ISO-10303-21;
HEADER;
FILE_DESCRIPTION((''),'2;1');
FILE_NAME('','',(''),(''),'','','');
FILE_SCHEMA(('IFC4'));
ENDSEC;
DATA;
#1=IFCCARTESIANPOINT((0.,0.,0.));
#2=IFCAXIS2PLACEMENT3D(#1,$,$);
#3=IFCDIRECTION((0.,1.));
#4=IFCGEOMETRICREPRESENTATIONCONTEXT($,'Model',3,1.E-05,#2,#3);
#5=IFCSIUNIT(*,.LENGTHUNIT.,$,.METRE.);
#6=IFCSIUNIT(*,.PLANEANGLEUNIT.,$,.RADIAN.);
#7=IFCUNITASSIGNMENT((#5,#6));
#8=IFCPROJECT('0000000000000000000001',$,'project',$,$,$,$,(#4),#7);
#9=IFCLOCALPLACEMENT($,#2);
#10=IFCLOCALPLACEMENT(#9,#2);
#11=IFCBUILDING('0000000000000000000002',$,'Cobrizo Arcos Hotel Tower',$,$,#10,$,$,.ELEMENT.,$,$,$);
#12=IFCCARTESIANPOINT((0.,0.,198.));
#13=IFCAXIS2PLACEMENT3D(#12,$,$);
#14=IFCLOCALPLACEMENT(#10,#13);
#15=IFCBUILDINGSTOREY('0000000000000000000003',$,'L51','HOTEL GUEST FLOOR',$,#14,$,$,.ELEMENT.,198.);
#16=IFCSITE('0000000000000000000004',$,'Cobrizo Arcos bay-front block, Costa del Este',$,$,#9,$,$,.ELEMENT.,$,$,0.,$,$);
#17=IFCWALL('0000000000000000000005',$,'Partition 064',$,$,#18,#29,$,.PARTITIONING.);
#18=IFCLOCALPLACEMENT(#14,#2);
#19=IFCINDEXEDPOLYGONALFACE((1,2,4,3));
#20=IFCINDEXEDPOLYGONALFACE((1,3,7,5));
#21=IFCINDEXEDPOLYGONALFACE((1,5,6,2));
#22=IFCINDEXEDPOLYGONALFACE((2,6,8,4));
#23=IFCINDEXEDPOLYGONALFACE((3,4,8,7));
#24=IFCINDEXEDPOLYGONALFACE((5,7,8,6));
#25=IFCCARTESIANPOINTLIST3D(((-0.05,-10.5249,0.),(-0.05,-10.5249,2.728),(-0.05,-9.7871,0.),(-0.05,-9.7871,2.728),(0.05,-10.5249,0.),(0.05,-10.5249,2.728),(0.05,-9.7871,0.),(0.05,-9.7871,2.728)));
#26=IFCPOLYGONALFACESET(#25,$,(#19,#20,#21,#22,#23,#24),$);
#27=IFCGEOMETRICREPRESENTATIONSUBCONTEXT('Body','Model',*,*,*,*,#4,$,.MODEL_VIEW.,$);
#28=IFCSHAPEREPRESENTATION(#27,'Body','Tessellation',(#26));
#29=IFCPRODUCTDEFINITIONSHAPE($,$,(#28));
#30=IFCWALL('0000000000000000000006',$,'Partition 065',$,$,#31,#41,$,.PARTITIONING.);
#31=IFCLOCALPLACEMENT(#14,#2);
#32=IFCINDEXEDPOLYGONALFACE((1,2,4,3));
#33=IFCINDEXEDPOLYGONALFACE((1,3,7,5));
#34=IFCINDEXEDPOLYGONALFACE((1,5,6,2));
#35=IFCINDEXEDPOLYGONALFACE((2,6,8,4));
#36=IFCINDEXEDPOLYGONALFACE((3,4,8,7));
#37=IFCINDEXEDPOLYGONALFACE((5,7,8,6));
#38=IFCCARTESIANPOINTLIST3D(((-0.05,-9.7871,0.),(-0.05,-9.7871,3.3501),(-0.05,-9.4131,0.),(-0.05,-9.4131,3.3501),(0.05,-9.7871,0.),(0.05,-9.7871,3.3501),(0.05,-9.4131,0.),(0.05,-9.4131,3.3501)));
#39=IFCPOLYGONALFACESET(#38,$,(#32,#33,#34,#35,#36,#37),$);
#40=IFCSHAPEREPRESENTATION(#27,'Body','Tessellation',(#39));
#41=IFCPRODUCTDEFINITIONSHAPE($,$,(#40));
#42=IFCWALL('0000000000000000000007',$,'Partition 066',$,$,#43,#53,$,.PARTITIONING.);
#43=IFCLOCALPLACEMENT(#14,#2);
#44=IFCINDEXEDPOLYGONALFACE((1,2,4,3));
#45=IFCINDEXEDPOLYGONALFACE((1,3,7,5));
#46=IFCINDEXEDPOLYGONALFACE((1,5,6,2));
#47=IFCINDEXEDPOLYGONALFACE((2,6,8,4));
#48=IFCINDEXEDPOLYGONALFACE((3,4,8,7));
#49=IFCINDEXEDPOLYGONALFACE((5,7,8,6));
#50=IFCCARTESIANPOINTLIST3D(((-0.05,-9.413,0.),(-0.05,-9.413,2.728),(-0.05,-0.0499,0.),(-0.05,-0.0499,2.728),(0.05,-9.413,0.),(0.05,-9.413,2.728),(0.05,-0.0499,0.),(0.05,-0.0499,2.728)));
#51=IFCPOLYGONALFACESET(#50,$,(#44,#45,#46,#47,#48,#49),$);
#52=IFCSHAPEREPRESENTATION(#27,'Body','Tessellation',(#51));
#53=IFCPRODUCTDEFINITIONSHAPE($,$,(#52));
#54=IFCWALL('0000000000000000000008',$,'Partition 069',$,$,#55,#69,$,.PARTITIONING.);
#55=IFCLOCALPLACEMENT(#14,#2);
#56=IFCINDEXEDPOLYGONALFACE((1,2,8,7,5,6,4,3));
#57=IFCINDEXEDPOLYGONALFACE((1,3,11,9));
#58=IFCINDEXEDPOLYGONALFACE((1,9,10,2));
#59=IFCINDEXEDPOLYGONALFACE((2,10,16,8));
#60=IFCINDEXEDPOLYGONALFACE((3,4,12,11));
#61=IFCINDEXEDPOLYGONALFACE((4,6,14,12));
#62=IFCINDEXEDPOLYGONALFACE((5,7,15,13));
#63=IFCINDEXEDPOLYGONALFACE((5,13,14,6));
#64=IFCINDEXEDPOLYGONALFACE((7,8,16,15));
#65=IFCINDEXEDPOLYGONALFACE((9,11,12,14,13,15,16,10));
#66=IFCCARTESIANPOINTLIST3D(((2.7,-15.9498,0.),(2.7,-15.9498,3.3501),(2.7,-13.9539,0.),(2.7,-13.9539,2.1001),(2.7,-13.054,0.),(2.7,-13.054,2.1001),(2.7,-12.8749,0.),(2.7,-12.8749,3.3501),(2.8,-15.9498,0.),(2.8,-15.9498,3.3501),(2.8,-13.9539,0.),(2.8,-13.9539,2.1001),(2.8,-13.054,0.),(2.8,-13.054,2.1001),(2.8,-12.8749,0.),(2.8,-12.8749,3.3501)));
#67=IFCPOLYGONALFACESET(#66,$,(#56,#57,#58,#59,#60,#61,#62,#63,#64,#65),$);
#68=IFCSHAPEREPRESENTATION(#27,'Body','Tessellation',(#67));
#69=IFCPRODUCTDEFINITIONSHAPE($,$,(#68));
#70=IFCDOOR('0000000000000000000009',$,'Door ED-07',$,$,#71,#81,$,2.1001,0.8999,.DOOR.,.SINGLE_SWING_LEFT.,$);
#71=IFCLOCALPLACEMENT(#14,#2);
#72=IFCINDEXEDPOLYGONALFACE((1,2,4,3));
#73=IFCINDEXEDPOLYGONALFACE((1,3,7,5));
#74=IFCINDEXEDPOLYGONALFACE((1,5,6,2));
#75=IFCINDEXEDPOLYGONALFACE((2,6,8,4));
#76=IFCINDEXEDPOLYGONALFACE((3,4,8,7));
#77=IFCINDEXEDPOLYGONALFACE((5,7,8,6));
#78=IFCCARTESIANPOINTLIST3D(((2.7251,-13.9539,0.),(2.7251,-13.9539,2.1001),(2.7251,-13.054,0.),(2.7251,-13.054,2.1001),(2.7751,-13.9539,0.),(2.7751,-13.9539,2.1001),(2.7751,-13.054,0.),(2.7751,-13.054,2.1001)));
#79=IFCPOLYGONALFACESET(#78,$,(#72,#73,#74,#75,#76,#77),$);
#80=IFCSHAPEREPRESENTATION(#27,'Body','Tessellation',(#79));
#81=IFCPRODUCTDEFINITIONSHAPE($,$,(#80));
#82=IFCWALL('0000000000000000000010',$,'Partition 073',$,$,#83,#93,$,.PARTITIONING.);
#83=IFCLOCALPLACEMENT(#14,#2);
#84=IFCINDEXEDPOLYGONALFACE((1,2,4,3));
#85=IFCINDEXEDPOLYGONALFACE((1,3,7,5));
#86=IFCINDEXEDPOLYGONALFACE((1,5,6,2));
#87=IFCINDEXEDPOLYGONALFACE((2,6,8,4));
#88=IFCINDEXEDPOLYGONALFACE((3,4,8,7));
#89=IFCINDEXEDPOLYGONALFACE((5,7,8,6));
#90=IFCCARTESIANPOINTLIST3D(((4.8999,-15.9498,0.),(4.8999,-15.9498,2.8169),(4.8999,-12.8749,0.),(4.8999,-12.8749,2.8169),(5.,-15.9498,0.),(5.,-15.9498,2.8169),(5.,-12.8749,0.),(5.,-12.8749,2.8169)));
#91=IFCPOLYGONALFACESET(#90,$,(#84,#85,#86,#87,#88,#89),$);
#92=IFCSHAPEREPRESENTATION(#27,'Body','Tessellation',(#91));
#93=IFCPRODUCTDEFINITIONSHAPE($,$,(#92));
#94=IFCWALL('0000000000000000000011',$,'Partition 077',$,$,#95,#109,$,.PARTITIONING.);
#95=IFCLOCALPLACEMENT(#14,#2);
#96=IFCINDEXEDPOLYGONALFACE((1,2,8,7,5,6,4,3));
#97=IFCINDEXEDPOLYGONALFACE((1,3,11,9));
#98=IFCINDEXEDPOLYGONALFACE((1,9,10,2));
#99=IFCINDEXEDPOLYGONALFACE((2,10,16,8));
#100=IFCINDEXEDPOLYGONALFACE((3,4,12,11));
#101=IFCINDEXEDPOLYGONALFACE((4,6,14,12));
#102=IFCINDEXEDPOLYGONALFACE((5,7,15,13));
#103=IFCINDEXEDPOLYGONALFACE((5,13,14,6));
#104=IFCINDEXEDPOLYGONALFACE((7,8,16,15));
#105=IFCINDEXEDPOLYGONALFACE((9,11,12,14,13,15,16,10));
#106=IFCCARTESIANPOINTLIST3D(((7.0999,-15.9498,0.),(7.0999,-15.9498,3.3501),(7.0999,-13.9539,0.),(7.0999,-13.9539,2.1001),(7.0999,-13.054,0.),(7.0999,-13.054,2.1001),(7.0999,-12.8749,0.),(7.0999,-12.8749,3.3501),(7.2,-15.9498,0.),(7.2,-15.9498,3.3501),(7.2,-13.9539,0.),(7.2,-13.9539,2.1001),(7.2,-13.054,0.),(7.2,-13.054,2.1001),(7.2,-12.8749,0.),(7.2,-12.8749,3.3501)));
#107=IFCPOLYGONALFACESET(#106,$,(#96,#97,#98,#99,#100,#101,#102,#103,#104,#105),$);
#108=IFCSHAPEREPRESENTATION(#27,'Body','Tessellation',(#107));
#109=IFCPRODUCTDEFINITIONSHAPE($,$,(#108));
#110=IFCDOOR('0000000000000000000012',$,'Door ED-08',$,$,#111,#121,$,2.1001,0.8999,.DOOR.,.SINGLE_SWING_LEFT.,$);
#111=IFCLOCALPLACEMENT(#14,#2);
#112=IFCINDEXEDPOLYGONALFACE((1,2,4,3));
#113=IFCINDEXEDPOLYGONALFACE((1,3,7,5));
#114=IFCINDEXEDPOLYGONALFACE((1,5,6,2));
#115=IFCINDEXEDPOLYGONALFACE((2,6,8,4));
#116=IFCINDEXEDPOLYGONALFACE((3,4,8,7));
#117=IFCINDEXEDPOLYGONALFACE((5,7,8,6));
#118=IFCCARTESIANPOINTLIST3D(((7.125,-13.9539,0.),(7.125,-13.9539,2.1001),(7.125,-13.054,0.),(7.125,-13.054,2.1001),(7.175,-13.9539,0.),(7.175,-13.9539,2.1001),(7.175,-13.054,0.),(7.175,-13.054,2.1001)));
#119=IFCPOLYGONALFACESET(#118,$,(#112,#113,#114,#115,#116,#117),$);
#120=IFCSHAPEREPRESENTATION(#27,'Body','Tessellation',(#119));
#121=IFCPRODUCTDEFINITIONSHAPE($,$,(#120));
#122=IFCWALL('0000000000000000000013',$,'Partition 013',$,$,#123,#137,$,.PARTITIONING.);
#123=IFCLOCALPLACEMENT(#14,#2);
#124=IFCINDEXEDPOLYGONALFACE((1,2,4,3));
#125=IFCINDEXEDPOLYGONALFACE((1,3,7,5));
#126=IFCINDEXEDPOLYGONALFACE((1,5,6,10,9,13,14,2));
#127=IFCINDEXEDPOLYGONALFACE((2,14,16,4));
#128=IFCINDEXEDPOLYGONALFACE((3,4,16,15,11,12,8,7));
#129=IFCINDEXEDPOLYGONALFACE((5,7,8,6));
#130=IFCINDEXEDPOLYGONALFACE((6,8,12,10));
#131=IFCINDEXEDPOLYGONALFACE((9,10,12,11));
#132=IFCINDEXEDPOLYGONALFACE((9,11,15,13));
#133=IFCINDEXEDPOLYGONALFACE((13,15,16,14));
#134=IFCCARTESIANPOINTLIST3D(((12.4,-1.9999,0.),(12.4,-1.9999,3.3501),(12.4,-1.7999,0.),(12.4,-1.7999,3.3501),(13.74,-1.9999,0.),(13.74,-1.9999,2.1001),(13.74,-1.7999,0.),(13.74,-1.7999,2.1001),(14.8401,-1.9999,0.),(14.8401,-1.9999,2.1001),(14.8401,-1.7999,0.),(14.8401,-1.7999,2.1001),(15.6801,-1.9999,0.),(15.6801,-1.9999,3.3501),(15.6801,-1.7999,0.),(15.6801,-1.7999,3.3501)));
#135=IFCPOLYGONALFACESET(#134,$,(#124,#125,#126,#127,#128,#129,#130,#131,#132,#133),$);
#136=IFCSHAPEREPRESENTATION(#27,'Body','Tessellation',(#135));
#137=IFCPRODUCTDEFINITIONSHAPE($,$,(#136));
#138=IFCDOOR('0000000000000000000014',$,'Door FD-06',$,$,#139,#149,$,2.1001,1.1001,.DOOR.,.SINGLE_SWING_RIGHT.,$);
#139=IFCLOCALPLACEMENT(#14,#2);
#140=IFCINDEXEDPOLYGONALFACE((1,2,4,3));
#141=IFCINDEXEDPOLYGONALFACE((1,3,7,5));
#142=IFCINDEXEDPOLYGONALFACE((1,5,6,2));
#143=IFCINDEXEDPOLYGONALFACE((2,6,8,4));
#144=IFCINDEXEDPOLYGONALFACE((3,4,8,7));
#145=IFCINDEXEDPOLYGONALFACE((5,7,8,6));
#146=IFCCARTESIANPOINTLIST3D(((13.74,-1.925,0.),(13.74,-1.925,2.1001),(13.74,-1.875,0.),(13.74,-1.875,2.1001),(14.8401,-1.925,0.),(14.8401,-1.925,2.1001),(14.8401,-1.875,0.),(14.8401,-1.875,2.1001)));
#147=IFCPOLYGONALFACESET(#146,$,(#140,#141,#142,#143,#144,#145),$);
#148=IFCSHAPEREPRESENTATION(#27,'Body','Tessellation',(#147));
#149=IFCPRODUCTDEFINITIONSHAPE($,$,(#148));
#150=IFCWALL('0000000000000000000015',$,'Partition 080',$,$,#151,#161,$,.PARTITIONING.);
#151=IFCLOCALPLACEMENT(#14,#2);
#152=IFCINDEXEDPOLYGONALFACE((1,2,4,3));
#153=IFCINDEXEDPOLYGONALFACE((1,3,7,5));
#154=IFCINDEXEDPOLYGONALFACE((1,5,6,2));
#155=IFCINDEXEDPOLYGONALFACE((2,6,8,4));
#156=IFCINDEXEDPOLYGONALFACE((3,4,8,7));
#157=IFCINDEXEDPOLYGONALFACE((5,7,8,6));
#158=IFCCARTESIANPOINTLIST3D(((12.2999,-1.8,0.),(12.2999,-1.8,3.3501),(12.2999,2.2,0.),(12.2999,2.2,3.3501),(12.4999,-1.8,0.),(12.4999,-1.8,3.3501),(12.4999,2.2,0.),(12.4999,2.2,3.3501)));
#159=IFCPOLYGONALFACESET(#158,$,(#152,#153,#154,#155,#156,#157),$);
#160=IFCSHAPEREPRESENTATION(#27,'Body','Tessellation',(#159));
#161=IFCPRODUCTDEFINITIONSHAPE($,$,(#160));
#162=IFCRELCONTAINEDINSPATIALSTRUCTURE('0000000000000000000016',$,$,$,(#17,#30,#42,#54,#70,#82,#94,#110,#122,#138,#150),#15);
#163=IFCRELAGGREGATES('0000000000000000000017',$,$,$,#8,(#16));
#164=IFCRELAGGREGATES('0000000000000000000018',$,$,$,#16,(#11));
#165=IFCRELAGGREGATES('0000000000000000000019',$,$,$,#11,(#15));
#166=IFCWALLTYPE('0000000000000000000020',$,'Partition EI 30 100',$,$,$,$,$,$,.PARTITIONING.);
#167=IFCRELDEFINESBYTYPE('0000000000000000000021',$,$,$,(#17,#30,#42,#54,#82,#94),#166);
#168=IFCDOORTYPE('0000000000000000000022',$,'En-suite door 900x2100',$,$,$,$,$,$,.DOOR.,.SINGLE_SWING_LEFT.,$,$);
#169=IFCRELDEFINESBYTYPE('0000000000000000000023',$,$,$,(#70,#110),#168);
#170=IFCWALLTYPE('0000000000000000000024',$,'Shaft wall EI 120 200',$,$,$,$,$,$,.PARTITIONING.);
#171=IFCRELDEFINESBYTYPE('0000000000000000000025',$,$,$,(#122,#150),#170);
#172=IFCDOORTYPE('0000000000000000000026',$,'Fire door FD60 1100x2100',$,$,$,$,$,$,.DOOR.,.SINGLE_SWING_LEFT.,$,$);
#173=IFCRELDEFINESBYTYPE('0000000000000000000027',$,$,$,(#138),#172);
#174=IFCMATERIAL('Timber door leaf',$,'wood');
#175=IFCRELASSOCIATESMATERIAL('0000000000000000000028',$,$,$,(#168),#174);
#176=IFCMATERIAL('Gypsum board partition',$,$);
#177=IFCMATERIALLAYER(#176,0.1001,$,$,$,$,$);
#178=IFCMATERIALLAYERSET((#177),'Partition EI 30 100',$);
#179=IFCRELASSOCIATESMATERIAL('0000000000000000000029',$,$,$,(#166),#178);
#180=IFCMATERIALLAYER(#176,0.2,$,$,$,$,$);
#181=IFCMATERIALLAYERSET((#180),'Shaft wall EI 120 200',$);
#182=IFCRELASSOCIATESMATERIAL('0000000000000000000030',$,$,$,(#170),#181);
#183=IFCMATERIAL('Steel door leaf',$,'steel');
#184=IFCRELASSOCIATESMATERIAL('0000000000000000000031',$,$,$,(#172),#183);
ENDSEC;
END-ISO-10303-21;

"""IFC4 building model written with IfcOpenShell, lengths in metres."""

from ifc_helpers import new_model, si_unit, direction, frame, frame_2d, origin, place, context, subcontext, project, spatial, rectangle, extrude, material, layer, layer_set, type_object, element, fill, save


model = new_model("IFC4")

# Units and contexts
model_context = context("Model", 3, precision=1e-05, world=origin(), true_north=direction((0.0, 1.0)))
body_context = subcontext(model_context, "Body", "Model", "MODEL_VIEW")
ifc_project = project(units=[si_unit("LENGTHUNIT", "METRE"), si_unit("PLANEANGLEUNIT", "RADIAN")], contexts=[model_context])

# Site, building, storey
site_placement = place(None, origin())
site = spatial("IfcSite", under=ifc_project, at=site_placement, Name="Cobrizo Arcos bay-front block, Costa del Este", CompositionType="ELEMENT", RefElevation=0.0)
building_placement = place(site_placement, origin())
building = spatial("IfcBuilding", under=site, at=building_placement, Name="Cobrizo Arcos Hotel Tower", CompositionType="ELEMENT")
storey_placement = place(building_placement, frame((0.0, 0.0, 198.0)))
storey = spatial("IfcBuildingStorey", under=building, at=storey_placement, Name="L51", Description="HOTEL GUEST FLOOR", CompositionType="ELEMENT", Elevation=198.0)

# Shared definitions
ifc_material_1 = material(Name="Gypsum board partition")

# Shared definitions
ifc_material_2 = material(Name="Timber door leaf", Category="wood")
door_type_1 = type_object("IfcDoorType", Name="En-suite door 900x2100", OperationType="SINGLE_SWING_LEFT", PredefinedType="DOOR", material=ifc_material_2)

# Shared definitions
ifc_layer_1 = layer(ifc_material_1, 0.1001)
ifc_layer_set_1 = layer_set([ifc_layer_1], Name="Partition EI 30 100")
wall_type_1 = type_object("IfcWallType", Name="Partition EI 30 100", PredefinedType="PARTITIONING", material=ifc_layer_set_1)

# Walls
wall_1_placement = place(storey_placement, frame((0.0, -10.5249, 0.0), z_axis=(0.0, 0.0, 1.0), x_axis=(0.0, 1.0, 0.0)))
element("IfcWall", 1, at=wall_1_placement, inside=storey, type_object=wall_type_1, Name="Partition 064", PredefinedType="PARTITIONING", context=body_context, shape_type="SweptSolid", body=[
    extrude(rectangle(XDim=0.7378, YDim=0.1001, at=frame_2d((0.3689, 0.0))), origin(), (0.0, 0.0, 1.0), 2.728),
])
wall_2_placement = place(storey_placement, frame((0.0, -9.7871, 0.0), z_axis=(0.0, 0.0, 1.0), x_axis=(0.0, 1.0, 0.0)))
element("IfcWall", 2, at=wall_2_placement, inside=storey, type_object=wall_type_1, Name="Partition 065", PredefinedType="PARTITIONING", context=body_context, shape_type="SweptSolid", body=[
    extrude(rectangle(XDim=0.374, YDim=0.1001, at=frame_2d((0.187, 0.0))), origin(), (0.0, 0.0, 1.0), 3.3501),
])
wall_3_placement = place(storey_placement, frame((0.0, -9.4131, 0.0), z_axis=(0.0, 0.0, 1.0), x_axis=(0.0, 1.0, 0.0)))
element("IfcWall", 3, at=wall_3_placement, inside=storey, type_object=wall_type_1, Name="Partition 066", PredefinedType="PARTITIONING", context=body_context, shape_type="SweptSolid", body=[
    extrude(rectangle(XDim=9.363, YDim=0.1001, at=frame_2d((4.6816, 0.0))), origin(), (0.0, 0.0, 1.0), 2.728),
])

# Wall, opening, door
wall_4_placement = place(storey_placement, frame((2.75, -15.95, 0.0), z_axis=(0.0, 0.0, 1.0), x_axis=(0.0, 1.0, 0.0)))
wall_4 = element("IfcWall", 4, at=wall_4_placement, inside=storey, type_object=wall_type_1, Name="Partition 069", PredefinedType="PARTITIONING", context=body_context, shape_type="SweptSolid", body=[
    extrude(rectangle(XDim=3.075, YDim=0.1001, at=frame_2d((1.5376, 0.0))), origin(), (0.0, 0.0, 1.0), 3.3501),
])
opening_1_placement = place(wall_4_placement, frame((1.9961, 0.0, 0.0)))
opening_1 = element("IfcOpeningElement", 5, at=opening_1_placement, cuts=wall_4, PredefinedType="OPENING", context=body_context, shape_type="SweptSolid", body=[
    extrude(rectangle(XDim=0.8999, YDim=2.1001, at=frame_2d((0.45, 1.05))), frame((0.0, 0.062, 0.0), z_axis=(0.0, -1.0, 0.0), x_axis=(1.0, 0.0, 0.0)), (0.0, 0.0, 1.0), 0.124),
])
door_1_placement = place(opening_1_placement, origin())
door_1 = element("IfcDoor", 6, at=door_1_placement, inside=storey, type_object=door_type_1, Name="Door ED-07", OperationType="SINGLE_SWING_LEFT", OverallHeight=2.1001, OverallWidth=0.8999, PredefinedType="DOOR", context=body_context, shape_type="SweptSolid", body=[
    extrude(rectangle(XDim=0.8999, YDim=2.1001, at=frame_2d((0.45, 1.05))), frame((0.0, 0.0249, 0.0), z_axis=(0.0, -1.0, 0.0), x_axis=(1.0, 0.0, 0.0)), (0.0, 0.0, 1.0), 0.05),
])
fill(opening_1, door_1)

# Wall
wall_5_placement = place(storey_placement, frame((4.95, -15.95, 0.0), z_axis=(0.0, 0.0, 1.0), x_axis=(0.0, 1.0, 0.0)))
element("IfcWall", 7, at=wall_5_placement, inside=storey, type_object=wall_type_1, Name="Partition 073", PredefinedType="PARTITIONING", context=body_context, shape_type="SweptSolid", body=[
    extrude(rectangle(XDim=3.075, YDim=0.1001, at=frame_2d((1.5376, 0.0))), origin(), (0.0, 0.0, 1.0), 2.8169),
])

# Walls, openings, doors
wall_6_placement = place(storey_placement, frame((7.1499, -15.95, 0.0), z_axis=(0.0, 0.0, 1.0), x_axis=(0.0, 1.0, 0.0)))
wall_6 = element("IfcWall", 8, at=wall_6_placement, inside=storey, type_object=wall_type_1, Name="Partition 077", PredefinedType="PARTITIONING", context=body_context, shape_type="SweptSolid", body=[
    extrude(rectangle(XDim=3.075, YDim=0.1001, at=frame_2d((1.5376, 0.0))), origin(), (0.0, 0.0, 1.0), 3.3501),
])
opening_2_placement = place(wall_6_placement, frame((1.9961, 0.0, 0.0)))
opening_2 = element("IfcOpeningElement", 9, at=opening_2_placement, cuts=wall_6, PredefinedType="OPENING", context=body_context, shape_type="SweptSolid", body=[
    extrude(rectangle(XDim=0.8999, YDim=2.1001, at=frame_2d((0.45, 1.05))), frame((0.0, 0.062, 0.0), z_axis=(0.0, -1.0, 0.0), x_axis=(1.0, 0.0, 0.0)), (0.0, 0.0, 1.0), 0.124),
])
door_2_placement = place(opening_2_placement, origin())
door_2 = element("IfcDoor", 10, at=door_2_placement, inside=storey, type_object=door_type_1, Name="Door ED-08", OperationType="SINGLE_SWING_LEFT", OverallHeight=2.1001, OverallWidth=0.8999, PredefinedType="DOOR", context=body_context, shape_type="SweptSolid", body=[
    extrude(rectangle(XDim=0.8999, YDim=2.1001, at=frame_2d((0.45, 1.05))), frame((0.0, 0.0249, 0.0), z_axis=(0.0, -1.0, 0.0), x_axis=(1.0, 0.0, 0.0)), (0.0, 0.0, 1.0), 0.05),
])
fill(opening_2, door_2)
ifc_layer_2 = layer(ifc_material_1, 0.2)
ifc_layer_set_2 = layer_set([ifc_layer_2], Name="Shaft wall EI 120 200")
wall_type_2 = type_object("IfcWallType", Name="Shaft wall EI 120 200", PredefinedType="PARTITIONING", material=ifc_layer_set_2)
wall_7_placement = place(storey_placement, frame((12.3999, -1.8999, 0.0), z_axis=(0.0, 0.0, 1.0), x_axis=(1.0, 0.0, 0.0)))
wall_7 = element("IfcWall", 11, at=wall_7_placement, inside=storey, type_object=wall_type_2, Name="Partition 013", PredefinedType="PARTITIONING", context=body_context, shape_type="SweptSolid", body=[
    extrude(rectangle(XDim=3.28, YDim=0.2, at=frame_2d((1.6401, 0.0))), origin(), (0.0, 0.0, 1.0), 3.3501),
])
opening_3_placement = place(wall_7_placement, frame((1.3401, 0.0, 0.0)))
opening_3 = element("IfcOpeningElement", 12, at=opening_3_placement, cuts=wall_7, PredefinedType="OPENING", context=body_context, shape_type="SweptSolid", body=[
    extrude(rectangle(XDim=1.1001, YDim=2.1001, at=frame_2d((0.55, 1.05))), frame((0.0, 0.1121, 0.0), z_axis=(0.0, -1.0, 0.0), x_axis=(1.0, 0.0, 0.0)), (0.0, 0.0, 1.0), 0.2239),
])
ifc_material_3 = material(Name="Steel door leaf", Category="steel")
door_type_2 = type_object("IfcDoorType", Name="Fire door FD60 1100x2100", OperationType="SINGLE_SWING_LEFT", PredefinedType="DOOR", material=ifc_material_3)
door_3_placement = place(opening_3_placement, origin())
door_3 = element("IfcDoor", 13, at=door_3_placement, inside=storey, type_object=door_type_2, Name="Door FD-06", OperationType="SINGLE_SWING_RIGHT", OverallHeight=2.1001, OverallWidth=1.1001, PredefinedType="DOOR", context=body_context, shape_type="SweptSolid", body=[
    extrude(rectangle(XDim=1.1001, YDim=2.1001, at=frame_2d((0.55, 1.05))), frame((0.0, 0.0249, 0.0), z_axis=(0.0, -1.0, 0.0), x_axis=(1.0, 0.0, 0.0)), (0.0, 0.0, 1.0), 0.05),
])
fill(opening_3, door_3)

# Wall
wall_8_placement = place(storey_placement, frame((12.3999, -1.8, 0.0), z_axis=(0.0, 0.0, 1.0), x_axis=(0.0, 1.0, 0.0)))
element("IfcWall", 14, at=wall_8_placement, inside=storey, type_object=wall_type_2, Name="Partition 080", PredefinedType="PARTITIONING", context=body_context, shape_type="SweptSolid", body=[
    extrude(rectangle(XDim=4.0, YDim=0.2, at=frame_2d((2.0, 0.0))), origin(), (0.0, 0.0, 1.0), 3.3501),
])

save(model, "model.ifc")
